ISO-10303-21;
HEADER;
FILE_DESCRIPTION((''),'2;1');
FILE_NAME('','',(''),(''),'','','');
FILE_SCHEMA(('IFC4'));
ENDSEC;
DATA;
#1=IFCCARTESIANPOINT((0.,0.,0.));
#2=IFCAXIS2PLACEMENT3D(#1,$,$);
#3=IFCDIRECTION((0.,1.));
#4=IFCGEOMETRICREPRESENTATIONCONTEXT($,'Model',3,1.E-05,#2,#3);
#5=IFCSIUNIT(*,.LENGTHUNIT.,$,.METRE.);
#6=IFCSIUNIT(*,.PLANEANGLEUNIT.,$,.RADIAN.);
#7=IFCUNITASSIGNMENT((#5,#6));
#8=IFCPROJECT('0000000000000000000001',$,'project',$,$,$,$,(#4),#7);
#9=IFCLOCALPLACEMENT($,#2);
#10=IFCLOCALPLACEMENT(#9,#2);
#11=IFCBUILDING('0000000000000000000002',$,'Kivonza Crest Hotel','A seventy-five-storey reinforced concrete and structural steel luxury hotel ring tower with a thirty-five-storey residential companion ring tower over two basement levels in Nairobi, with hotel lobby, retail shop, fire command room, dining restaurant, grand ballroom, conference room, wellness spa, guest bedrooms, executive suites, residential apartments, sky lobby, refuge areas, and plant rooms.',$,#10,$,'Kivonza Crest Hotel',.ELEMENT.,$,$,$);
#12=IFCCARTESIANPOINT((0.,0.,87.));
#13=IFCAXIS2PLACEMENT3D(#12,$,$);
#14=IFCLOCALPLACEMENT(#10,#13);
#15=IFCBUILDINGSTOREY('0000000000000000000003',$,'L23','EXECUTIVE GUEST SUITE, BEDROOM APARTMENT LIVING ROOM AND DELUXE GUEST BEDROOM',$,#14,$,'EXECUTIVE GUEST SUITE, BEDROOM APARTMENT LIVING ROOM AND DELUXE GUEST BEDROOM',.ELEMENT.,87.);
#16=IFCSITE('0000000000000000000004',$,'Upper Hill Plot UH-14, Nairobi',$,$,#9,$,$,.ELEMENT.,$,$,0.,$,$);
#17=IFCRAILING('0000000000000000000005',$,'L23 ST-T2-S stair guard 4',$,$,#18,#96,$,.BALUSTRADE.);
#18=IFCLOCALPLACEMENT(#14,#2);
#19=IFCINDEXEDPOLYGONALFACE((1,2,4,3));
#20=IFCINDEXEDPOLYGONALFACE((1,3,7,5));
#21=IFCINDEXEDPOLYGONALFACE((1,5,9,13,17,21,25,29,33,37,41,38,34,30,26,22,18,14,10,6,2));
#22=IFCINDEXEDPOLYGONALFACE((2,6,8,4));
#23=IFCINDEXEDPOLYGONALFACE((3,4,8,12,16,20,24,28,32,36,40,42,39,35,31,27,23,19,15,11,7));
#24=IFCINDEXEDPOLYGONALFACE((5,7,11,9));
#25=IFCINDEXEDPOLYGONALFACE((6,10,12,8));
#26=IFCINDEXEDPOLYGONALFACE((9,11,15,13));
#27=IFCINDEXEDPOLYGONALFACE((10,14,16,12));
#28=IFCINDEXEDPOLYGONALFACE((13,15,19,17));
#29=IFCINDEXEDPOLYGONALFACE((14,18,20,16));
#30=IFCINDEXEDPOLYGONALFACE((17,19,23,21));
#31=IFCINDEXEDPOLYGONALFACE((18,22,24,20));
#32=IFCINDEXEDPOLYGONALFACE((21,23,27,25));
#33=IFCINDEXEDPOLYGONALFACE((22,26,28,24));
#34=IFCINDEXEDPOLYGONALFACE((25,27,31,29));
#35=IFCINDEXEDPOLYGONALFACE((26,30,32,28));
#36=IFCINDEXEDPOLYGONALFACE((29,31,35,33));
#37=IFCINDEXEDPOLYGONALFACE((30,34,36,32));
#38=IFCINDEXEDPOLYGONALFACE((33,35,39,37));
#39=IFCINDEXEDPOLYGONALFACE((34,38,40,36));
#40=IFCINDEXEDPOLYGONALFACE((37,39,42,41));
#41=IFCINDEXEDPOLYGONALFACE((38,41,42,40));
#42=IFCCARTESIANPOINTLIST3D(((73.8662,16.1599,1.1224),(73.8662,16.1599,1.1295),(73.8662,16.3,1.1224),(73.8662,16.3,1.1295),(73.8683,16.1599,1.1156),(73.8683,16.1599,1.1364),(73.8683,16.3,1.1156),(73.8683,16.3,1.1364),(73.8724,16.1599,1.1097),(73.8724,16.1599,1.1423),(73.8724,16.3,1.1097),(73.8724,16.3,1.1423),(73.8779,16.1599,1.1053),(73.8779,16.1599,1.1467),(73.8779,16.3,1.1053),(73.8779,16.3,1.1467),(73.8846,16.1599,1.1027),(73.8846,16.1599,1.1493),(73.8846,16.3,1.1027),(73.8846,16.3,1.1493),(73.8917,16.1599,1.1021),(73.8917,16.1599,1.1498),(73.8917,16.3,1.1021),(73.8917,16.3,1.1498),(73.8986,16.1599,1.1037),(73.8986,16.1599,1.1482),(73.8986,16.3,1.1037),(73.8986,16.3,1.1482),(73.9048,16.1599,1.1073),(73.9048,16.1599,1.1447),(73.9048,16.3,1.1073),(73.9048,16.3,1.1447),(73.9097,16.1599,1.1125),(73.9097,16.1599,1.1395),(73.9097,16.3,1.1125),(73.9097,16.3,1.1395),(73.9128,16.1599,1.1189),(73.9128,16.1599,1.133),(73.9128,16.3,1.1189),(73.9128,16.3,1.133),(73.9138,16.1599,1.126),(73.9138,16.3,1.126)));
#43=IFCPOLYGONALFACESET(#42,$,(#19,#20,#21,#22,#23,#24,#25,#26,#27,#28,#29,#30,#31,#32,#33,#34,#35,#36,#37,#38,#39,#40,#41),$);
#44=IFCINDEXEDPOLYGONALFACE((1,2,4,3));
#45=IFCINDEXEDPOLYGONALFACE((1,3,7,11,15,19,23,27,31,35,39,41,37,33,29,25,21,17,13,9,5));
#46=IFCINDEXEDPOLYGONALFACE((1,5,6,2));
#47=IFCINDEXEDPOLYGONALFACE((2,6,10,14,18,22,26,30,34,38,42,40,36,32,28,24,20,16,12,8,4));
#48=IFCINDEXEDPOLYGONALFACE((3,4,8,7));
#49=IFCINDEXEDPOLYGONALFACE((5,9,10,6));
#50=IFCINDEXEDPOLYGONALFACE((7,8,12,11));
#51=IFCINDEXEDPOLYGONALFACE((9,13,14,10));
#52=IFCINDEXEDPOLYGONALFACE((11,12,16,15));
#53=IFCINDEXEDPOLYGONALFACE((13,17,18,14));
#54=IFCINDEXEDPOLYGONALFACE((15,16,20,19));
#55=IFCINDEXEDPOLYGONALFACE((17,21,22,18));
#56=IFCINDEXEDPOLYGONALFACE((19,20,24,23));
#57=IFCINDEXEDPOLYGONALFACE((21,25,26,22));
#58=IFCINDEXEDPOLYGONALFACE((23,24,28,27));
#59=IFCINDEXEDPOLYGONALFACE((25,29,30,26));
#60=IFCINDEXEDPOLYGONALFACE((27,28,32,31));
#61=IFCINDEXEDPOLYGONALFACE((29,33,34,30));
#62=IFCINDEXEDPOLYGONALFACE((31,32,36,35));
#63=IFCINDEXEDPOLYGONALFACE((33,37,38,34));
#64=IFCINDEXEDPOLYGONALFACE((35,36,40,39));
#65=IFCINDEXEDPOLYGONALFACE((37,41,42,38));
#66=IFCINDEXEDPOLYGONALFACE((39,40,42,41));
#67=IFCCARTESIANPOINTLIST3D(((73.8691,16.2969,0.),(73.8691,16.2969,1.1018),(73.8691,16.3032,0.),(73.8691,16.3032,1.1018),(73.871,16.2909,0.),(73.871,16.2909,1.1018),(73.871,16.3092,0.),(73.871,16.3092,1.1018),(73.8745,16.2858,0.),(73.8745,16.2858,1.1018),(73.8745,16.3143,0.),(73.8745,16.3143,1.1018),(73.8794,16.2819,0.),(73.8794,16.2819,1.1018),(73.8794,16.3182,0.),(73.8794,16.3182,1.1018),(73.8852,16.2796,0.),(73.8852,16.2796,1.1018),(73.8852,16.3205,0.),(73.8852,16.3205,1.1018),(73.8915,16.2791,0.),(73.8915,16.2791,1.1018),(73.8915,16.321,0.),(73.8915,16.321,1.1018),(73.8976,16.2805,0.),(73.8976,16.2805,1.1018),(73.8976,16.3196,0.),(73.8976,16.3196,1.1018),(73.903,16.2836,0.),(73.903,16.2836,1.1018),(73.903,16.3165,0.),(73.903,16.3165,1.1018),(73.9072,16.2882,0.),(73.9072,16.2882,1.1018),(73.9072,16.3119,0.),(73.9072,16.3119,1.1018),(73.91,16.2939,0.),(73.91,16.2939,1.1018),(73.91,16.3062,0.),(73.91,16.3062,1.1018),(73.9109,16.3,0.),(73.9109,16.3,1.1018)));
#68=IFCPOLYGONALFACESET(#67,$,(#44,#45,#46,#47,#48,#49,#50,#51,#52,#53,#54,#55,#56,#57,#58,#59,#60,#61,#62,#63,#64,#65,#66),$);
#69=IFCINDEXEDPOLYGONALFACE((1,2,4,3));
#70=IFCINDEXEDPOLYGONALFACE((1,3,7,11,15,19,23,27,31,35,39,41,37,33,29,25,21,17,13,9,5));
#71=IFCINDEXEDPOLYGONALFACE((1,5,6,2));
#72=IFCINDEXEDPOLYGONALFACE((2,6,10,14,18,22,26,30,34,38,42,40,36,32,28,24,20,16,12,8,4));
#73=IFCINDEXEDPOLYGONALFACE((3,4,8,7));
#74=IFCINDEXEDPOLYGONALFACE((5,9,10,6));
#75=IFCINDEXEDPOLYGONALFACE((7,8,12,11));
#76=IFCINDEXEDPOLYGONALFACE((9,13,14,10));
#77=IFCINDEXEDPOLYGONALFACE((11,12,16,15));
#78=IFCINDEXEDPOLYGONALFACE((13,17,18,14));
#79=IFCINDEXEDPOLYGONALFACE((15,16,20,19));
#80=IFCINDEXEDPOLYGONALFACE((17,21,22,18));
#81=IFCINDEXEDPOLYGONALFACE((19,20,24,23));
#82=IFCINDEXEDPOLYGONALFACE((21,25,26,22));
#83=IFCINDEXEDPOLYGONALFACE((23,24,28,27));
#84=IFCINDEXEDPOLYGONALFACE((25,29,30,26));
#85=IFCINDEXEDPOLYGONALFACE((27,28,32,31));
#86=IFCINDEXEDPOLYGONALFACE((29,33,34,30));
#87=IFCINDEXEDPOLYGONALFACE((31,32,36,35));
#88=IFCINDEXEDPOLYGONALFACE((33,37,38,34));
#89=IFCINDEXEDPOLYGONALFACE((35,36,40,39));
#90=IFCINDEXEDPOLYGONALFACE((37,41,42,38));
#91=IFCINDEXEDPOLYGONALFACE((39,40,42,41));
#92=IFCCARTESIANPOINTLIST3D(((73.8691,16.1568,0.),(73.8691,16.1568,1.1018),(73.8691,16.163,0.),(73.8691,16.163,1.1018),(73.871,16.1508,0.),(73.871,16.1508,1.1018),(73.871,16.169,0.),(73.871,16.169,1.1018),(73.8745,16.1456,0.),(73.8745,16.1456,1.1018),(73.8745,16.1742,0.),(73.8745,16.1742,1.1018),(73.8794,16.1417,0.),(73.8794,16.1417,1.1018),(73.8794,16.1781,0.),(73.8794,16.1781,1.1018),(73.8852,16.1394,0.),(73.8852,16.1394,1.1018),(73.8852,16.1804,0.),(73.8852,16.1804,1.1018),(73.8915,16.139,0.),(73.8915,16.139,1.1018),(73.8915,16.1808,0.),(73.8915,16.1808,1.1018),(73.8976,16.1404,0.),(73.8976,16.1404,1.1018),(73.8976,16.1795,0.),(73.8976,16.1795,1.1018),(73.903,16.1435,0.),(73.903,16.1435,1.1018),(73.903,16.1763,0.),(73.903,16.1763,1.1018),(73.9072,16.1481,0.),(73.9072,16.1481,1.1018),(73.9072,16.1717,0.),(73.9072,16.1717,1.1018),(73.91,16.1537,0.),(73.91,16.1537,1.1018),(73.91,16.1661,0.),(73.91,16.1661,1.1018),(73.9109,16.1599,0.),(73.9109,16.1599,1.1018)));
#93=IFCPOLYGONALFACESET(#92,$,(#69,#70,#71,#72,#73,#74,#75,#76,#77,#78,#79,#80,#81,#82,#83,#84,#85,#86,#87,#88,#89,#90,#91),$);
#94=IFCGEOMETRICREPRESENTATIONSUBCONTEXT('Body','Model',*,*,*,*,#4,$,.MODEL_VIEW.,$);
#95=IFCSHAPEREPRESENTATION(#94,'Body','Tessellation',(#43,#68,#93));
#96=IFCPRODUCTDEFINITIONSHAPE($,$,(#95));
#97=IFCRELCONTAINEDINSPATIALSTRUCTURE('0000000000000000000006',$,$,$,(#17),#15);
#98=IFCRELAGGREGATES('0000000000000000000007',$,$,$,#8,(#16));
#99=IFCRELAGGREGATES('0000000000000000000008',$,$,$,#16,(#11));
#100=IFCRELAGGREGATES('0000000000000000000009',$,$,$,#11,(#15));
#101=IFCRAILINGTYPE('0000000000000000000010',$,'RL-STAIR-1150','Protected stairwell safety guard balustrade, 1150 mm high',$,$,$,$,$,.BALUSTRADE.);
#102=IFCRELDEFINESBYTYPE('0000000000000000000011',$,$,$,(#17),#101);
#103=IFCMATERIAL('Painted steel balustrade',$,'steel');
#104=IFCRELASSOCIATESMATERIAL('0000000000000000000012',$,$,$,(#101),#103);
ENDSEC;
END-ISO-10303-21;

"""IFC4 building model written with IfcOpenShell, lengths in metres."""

from ifc_helpers import new_model, si_unit, direction, frame, origin, origin_2d, place, context, subcontext, project, spatial, circle, extrude, material, type_object, element, save


model = new_model("IFC4")

# Units and contexts
model_context = context("Model", 3, precision=1e-05, world=origin(), true_north=direction((0.0, 1.0)))
body_context = subcontext(model_context, "Body", "Model", "MODEL_VIEW")
ifc_project = project(units=[si_unit("LENGTHUNIT", "METRE"), si_unit("PLANEANGLEUNIT", "RADIAN")], contexts=[model_context])

# Site, building, storey
site_placement = place(None, origin())
site = spatial("IfcSite", under=ifc_project, at=site_placement, Name="Upper Hill Plot UH-14, Nairobi", CompositionType="ELEMENT", RefElevation=0.0)
building_placement = place(site_placement, origin())
building = spatial("IfcBuilding", under=site, at=building_placement, Name="Kivonza Crest Hotel", Description="A seventy-five-storey reinforced concrete and structural steel luxury hotel ring tower with a thirty-five-storey residential companion ring tower over two basement levels in Nairobi, with hotel lobby, retail shop, fire command room, dining restaurant, grand ballroom, conference room, wellness spa, guest bedrooms, executive suites, residential apartments, sky lobby, refuge areas, and plant rooms.", LongName="Kivonza Crest Hotel", CompositionType="ELEMENT")
storey_placement = place(building_placement, frame((0.0, 0.0, 87.0)))
storey = spatial("IfcBuildingStorey", under=building, at=storey_placement, Name="L23", Description="EXECUTIVE GUEST SUITE, BEDROOM APARTMENT LIVING ROOM AND DELUXE GUEST BEDROOM", LongName="EXECUTIVE GUEST SUITE, BEDROOM APARTMENT LIVING ROOM AND DELUXE GUEST BEDROOM", CompositionType="ELEMENT", Elevation=87.0)

# Railing
ifc_material_1 = material(Name="Painted steel balustrade", Category="steel")
railing_type = type_object("IfcRailingType", Name="RL-STAIR-1150", Description="Protected stairwell safety guard balustrade, 1150 mm high", PredefinedType="BALUSTRADE", material=ifc_material_1)
railing_placement = place(storey_placement, frame((73.8899, 16.3, 0.0)))
element("IfcRailing", 1, at=railing_placement, inside=storey, type_object=railing_type, Name="L23 ST-T2-S stair guard 4", PredefinedType="BALUSTRADE", context=body_context, shape_type="SweptSolid", body=[
    extrude(circle(Radius=0.0239, at=origin_2d()), frame((0.0, 0.0, 1.126), z_axis=(0.0, -1.0, 0.0), x_axis=(1.0, 0.0, 0.0)), (0.0, 0.0, 1.0), 0.1401),
    extrude(circle(Radius=0.021, at=origin_2d()), origin(), (0.0, 0.0, 1.0), 1.1018),
    extrude(circle(Radius=0.021, at=origin_2d()), frame((0.0, -0.1401, 0.0)), (0.0, 0.0, 1.0), 1.1018),
])

save(model, "model.ifc")
